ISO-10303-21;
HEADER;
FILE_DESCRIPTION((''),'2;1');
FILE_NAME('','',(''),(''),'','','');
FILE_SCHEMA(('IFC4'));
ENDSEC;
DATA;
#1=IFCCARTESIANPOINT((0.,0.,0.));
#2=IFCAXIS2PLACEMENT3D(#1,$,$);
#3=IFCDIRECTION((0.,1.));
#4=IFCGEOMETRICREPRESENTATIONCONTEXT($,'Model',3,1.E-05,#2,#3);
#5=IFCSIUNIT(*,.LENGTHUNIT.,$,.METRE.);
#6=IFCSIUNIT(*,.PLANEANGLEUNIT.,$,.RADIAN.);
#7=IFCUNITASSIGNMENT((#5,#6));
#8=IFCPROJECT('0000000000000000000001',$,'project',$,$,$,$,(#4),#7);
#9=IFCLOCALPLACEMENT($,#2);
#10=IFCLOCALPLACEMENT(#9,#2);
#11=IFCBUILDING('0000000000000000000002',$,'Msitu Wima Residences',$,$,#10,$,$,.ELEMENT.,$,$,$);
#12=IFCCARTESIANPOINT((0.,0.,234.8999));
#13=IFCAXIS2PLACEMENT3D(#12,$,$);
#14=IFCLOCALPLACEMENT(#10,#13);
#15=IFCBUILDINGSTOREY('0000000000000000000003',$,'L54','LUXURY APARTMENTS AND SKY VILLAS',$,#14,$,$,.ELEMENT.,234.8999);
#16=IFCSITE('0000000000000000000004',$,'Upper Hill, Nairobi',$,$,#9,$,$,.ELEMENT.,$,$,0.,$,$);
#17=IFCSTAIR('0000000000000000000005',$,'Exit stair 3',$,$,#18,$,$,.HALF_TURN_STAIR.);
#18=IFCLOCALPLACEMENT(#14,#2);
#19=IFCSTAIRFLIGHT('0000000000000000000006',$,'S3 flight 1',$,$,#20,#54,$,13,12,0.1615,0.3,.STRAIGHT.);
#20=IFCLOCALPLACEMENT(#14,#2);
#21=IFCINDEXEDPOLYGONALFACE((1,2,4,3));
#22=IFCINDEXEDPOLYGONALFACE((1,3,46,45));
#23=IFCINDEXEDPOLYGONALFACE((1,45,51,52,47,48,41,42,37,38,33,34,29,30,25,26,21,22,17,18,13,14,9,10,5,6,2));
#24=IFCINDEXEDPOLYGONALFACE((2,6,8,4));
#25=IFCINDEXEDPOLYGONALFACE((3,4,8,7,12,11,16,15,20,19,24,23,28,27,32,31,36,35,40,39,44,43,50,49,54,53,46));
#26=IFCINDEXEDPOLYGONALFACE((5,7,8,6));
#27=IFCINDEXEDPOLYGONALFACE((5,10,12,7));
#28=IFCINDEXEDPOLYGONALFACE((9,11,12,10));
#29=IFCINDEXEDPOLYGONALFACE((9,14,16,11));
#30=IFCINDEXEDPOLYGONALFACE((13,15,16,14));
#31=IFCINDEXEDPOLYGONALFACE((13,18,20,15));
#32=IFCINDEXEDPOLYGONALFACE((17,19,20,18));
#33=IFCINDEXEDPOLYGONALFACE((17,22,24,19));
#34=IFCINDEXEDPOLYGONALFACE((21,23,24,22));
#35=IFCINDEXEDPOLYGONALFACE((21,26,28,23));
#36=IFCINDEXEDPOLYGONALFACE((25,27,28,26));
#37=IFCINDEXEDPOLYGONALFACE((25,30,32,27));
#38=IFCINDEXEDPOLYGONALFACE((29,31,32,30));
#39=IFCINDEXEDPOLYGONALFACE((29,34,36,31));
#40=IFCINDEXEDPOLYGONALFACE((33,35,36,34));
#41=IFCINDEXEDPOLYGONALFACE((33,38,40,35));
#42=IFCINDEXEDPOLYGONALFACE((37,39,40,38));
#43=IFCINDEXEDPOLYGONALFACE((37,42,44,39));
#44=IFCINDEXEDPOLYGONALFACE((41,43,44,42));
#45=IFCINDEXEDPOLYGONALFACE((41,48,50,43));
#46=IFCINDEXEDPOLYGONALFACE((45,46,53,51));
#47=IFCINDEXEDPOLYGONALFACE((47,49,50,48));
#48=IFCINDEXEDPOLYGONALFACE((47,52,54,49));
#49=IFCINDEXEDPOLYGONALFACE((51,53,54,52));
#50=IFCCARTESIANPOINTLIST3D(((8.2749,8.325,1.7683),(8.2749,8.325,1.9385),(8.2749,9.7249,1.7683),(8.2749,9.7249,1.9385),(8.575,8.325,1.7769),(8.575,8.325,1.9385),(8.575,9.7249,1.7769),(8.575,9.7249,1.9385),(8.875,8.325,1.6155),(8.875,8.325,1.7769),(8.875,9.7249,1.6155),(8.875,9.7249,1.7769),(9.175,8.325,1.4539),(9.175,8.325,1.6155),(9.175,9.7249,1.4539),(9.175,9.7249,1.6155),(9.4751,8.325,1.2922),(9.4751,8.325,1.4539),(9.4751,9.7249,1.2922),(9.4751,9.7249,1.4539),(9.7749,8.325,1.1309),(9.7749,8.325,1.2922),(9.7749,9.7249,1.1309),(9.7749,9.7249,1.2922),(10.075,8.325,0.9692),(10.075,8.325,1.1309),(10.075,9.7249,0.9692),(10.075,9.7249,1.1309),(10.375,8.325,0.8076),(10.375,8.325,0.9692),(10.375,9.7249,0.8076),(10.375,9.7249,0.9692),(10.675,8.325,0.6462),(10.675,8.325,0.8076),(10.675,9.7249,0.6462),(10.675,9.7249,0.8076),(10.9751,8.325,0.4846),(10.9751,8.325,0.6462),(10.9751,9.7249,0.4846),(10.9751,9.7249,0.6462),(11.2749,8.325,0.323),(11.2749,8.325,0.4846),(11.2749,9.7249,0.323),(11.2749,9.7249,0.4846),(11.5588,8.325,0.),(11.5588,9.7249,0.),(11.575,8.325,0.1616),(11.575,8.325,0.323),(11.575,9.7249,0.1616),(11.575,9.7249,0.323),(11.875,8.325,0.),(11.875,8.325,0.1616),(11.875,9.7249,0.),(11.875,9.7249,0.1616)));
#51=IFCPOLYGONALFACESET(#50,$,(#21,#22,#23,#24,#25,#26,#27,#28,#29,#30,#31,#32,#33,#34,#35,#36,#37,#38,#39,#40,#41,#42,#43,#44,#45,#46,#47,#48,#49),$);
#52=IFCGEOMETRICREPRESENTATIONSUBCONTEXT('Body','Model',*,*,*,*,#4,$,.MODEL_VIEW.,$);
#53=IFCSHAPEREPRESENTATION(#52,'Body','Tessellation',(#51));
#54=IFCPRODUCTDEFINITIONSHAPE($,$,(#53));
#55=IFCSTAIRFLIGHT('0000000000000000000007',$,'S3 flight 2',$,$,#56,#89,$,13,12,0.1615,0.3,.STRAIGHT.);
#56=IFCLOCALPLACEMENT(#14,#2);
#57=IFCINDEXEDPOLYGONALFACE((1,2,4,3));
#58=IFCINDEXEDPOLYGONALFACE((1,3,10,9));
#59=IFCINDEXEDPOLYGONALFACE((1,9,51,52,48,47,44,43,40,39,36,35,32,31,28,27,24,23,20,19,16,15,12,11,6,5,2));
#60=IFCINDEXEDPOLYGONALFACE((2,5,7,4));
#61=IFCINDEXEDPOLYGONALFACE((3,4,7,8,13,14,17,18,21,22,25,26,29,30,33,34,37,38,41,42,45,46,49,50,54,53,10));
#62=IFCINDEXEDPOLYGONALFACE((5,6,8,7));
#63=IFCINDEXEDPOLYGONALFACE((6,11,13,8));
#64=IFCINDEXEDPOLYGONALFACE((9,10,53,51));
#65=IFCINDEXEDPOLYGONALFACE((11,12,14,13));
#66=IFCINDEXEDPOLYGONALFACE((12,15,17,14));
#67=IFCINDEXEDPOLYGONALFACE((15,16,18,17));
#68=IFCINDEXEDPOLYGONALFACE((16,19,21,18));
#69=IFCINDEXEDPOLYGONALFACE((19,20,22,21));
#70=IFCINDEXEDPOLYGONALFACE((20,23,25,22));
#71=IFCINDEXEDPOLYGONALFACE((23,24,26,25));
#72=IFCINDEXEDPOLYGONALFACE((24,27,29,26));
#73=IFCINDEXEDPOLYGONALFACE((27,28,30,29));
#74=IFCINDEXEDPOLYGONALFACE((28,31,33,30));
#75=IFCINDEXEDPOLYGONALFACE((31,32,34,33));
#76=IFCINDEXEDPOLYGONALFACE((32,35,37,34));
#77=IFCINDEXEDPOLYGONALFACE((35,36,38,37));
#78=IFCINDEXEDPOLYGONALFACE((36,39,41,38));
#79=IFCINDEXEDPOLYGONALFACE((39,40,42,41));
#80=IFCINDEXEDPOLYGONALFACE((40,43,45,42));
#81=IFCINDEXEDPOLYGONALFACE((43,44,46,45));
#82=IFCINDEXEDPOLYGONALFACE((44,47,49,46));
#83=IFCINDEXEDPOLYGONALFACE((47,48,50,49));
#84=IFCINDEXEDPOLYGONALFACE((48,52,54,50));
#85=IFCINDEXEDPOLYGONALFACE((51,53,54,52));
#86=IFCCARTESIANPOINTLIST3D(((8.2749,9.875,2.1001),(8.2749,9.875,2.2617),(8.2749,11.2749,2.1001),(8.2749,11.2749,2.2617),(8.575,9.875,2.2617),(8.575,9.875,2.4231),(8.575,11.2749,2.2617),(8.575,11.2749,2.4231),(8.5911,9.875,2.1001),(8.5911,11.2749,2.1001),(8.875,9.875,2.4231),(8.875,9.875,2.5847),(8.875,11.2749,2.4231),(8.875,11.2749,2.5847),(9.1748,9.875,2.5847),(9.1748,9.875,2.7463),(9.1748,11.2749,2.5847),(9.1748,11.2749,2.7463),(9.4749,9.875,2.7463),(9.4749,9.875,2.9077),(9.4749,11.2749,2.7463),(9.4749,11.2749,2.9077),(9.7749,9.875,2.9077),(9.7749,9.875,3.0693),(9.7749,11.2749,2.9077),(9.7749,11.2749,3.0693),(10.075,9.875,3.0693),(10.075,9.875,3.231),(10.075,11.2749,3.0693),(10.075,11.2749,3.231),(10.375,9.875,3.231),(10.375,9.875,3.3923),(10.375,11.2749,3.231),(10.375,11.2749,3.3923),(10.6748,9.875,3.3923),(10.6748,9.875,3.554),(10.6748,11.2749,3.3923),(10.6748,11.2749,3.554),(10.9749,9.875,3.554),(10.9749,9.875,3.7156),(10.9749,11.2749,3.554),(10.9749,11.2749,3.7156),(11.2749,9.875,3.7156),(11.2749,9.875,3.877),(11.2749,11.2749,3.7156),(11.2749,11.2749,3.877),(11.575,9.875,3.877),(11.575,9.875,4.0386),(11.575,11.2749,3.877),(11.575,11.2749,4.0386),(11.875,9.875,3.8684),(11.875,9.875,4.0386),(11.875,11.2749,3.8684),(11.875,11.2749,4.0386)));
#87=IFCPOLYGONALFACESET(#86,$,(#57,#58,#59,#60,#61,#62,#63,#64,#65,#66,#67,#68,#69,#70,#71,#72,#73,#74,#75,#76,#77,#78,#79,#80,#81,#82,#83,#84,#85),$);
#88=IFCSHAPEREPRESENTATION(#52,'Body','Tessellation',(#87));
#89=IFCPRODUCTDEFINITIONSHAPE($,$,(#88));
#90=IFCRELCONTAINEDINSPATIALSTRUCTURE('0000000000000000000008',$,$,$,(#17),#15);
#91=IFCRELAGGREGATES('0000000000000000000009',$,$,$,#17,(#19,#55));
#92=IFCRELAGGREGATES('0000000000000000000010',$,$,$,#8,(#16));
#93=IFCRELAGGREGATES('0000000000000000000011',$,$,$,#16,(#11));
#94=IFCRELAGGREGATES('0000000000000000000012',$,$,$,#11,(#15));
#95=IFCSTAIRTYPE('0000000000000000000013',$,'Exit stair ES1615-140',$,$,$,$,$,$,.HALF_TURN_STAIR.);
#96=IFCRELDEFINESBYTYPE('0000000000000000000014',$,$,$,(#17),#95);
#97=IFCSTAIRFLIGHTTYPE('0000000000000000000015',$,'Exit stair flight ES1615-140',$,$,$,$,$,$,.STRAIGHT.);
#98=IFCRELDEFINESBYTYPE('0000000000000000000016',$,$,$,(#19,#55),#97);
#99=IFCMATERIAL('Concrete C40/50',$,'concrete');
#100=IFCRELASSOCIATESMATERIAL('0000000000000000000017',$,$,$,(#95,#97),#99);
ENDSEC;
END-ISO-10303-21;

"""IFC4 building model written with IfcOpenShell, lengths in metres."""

from ifc_helpers import new_model, si_unit, direction, frame, origin, place, context, subcontext, project, spatial, polyline, outline, extrude, material, type_object, element, aggregate, save


model = new_model("IFC4")

# Units and contexts
model_context = context("Model", 3, precision=1e-05, world=origin(), true_north=direction((0.0, 1.0)))
body_context = subcontext(model_context, "Body", "Model", "MODEL_VIEW")
ifc_project = project(units=[si_unit("LENGTHUNIT", "METRE"), si_unit("PLANEANGLEUNIT", "RADIAN")], contexts=[model_context])

# Site, building, storey
site_placement = place(None, origin())
site = spatial("IfcSite", under=ifc_project, at=site_placement, Name="Upper Hill, Nairobi", CompositionType="ELEMENT", RefElevation=0.0)
building_placement = place(site_placement, origin())
building = spatial("IfcBuilding", under=site, at=building_placement, Name="Msitu Wima Residences", CompositionType="ELEMENT")
storey_placement = place(building_placement, frame((0.0, 0.0, 234.8999)))
storey = spatial("IfcBuildingStorey", under=building, at=storey_placement, Name="L54", Description="LUXURY APARTMENTS AND SKY VILLAS", CompositionType="ELEMENT", Elevation=234.8999)

# Shared definitions
ifc_material_1 = material(Name="Concrete C40/50", Category="concrete")

# Stair, stair flights
stair_type = type_object("IfcStairType", Name="Exit stair ES1615-140", PredefinedType="HALF_TURN_STAIR", material=ifc_material_1)
stair_placement = place(storey_placement, origin())
stair = element("IfcStair", 1, at=stair_placement, inside=storey, type_object=stair_type, Name="Exit stair 3", PredefinedType="HALF_TURN_STAIR")
stair_flight_type = type_object("IfcStairFlightType", Name="Exit stair flight ES1615-140", PredefinedType="STRAIGHT", material=ifc_material_1)
stair_flight_1_placement = place(storey_placement, frame((11.875, 9.0249, 0.0), z_axis=(0.0, 0.0, 1.0), x_axis=(-1.0, 0.0, 0.0)))
stair_flight_1 = element("IfcStairFlight", 2, at=stair_flight_1_placement, type_object=stair_flight_type, Name="S3 flight 1", NumberOfRisers=13, NumberOfTreads=12, PredefinedType="STRAIGHT", RiserHeight=0.1615, TreadLength=0.3, context=body_context, shape_type="SweptSolid", body=[
    extrude(outline(polyline([(0.0, 0.0), (0.0, 0.1616), (0.3, 0.1616), (0.3, 0.323), (0.6001, 0.323), (0.6001, 0.4846), (0.8999, 0.4846), (0.8999, 0.6462), (1.2, 0.6462), (1.2, 0.8076), (1.5, 0.8076), (1.5, 0.9692), (1.8, 0.9692), (1.8, 1.1309), (2.1001, 1.1309), (2.1001, 1.2922), (2.3999, 1.2922), (2.3999, 1.4539), (2.7, 1.4539), (2.7, 1.6155), (3.0, 1.6155), (3.0, 1.7769), (3.3, 1.7769), (3.3, 1.9385), (3.6001, 1.9385), (3.6001, 2.1001), (3.6001, 1.7683), (0.3162, 0.0), (0.0, 0.0)])), frame((0.0, 0.7, 0.0), z_axis=(0.0, -1.0, 0.0), x_axis=(1.0, 0.0, 0.0)), (0.0, 0.0, 1.0), 1.3999),
])
stair_flight_2_placement = place(storey_placement, frame((8.2749, 10.575, 2.1001), z_axis=(0.0, 0.0, 1.0), x_axis=(1.0, 0.0, 0.0)))
stair_flight_2 = element("IfcStairFlight", 3, at=stair_flight_2_placement, type_object=stair_flight_type, Name="S3 flight 2", NumberOfRisers=13, NumberOfTreads=12, PredefinedType="STRAIGHT", RiserHeight=0.1615, TreadLength=0.3, context=body_context, shape_type="SweptSolid", body=[
    extrude(outline(polyline([(0.0, 0.0), (0.0, 0.1616), (0.3, 0.1616), (0.3, 0.323), (0.6001, 0.323), (0.6001, 0.4846), (0.8999, 0.4846), (0.8999, 0.6462), (1.2, 0.6462), (1.2, 0.8076), (1.5, 0.8076), (1.5, 0.9692), (1.8, 0.9692), (1.8, 1.1309), (2.1001, 1.1309), (2.1001, 1.2922), (2.3999, 1.2922), (2.3999, 1.4539), (2.7, 1.4539), (2.7, 1.6155), (3.0, 1.6155), (3.0, 1.7769), (3.3, 1.7769), (3.3, 1.9385), (3.6001, 1.9385), (3.6001, 2.1001), (3.6001, 1.7683), (0.3162, 0.0), (0.0, 0.0)])), frame((0.0, 0.7, 0.0), z_axis=(0.0, -1.0, 0.0), x_axis=(1.0, 0.0, 0.0)), (0.0, 0.0, 1.0), 1.3999),
])
aggregate(stair, [stair_flight_1, stair_flight_2])

save(model, "model.ifc")
